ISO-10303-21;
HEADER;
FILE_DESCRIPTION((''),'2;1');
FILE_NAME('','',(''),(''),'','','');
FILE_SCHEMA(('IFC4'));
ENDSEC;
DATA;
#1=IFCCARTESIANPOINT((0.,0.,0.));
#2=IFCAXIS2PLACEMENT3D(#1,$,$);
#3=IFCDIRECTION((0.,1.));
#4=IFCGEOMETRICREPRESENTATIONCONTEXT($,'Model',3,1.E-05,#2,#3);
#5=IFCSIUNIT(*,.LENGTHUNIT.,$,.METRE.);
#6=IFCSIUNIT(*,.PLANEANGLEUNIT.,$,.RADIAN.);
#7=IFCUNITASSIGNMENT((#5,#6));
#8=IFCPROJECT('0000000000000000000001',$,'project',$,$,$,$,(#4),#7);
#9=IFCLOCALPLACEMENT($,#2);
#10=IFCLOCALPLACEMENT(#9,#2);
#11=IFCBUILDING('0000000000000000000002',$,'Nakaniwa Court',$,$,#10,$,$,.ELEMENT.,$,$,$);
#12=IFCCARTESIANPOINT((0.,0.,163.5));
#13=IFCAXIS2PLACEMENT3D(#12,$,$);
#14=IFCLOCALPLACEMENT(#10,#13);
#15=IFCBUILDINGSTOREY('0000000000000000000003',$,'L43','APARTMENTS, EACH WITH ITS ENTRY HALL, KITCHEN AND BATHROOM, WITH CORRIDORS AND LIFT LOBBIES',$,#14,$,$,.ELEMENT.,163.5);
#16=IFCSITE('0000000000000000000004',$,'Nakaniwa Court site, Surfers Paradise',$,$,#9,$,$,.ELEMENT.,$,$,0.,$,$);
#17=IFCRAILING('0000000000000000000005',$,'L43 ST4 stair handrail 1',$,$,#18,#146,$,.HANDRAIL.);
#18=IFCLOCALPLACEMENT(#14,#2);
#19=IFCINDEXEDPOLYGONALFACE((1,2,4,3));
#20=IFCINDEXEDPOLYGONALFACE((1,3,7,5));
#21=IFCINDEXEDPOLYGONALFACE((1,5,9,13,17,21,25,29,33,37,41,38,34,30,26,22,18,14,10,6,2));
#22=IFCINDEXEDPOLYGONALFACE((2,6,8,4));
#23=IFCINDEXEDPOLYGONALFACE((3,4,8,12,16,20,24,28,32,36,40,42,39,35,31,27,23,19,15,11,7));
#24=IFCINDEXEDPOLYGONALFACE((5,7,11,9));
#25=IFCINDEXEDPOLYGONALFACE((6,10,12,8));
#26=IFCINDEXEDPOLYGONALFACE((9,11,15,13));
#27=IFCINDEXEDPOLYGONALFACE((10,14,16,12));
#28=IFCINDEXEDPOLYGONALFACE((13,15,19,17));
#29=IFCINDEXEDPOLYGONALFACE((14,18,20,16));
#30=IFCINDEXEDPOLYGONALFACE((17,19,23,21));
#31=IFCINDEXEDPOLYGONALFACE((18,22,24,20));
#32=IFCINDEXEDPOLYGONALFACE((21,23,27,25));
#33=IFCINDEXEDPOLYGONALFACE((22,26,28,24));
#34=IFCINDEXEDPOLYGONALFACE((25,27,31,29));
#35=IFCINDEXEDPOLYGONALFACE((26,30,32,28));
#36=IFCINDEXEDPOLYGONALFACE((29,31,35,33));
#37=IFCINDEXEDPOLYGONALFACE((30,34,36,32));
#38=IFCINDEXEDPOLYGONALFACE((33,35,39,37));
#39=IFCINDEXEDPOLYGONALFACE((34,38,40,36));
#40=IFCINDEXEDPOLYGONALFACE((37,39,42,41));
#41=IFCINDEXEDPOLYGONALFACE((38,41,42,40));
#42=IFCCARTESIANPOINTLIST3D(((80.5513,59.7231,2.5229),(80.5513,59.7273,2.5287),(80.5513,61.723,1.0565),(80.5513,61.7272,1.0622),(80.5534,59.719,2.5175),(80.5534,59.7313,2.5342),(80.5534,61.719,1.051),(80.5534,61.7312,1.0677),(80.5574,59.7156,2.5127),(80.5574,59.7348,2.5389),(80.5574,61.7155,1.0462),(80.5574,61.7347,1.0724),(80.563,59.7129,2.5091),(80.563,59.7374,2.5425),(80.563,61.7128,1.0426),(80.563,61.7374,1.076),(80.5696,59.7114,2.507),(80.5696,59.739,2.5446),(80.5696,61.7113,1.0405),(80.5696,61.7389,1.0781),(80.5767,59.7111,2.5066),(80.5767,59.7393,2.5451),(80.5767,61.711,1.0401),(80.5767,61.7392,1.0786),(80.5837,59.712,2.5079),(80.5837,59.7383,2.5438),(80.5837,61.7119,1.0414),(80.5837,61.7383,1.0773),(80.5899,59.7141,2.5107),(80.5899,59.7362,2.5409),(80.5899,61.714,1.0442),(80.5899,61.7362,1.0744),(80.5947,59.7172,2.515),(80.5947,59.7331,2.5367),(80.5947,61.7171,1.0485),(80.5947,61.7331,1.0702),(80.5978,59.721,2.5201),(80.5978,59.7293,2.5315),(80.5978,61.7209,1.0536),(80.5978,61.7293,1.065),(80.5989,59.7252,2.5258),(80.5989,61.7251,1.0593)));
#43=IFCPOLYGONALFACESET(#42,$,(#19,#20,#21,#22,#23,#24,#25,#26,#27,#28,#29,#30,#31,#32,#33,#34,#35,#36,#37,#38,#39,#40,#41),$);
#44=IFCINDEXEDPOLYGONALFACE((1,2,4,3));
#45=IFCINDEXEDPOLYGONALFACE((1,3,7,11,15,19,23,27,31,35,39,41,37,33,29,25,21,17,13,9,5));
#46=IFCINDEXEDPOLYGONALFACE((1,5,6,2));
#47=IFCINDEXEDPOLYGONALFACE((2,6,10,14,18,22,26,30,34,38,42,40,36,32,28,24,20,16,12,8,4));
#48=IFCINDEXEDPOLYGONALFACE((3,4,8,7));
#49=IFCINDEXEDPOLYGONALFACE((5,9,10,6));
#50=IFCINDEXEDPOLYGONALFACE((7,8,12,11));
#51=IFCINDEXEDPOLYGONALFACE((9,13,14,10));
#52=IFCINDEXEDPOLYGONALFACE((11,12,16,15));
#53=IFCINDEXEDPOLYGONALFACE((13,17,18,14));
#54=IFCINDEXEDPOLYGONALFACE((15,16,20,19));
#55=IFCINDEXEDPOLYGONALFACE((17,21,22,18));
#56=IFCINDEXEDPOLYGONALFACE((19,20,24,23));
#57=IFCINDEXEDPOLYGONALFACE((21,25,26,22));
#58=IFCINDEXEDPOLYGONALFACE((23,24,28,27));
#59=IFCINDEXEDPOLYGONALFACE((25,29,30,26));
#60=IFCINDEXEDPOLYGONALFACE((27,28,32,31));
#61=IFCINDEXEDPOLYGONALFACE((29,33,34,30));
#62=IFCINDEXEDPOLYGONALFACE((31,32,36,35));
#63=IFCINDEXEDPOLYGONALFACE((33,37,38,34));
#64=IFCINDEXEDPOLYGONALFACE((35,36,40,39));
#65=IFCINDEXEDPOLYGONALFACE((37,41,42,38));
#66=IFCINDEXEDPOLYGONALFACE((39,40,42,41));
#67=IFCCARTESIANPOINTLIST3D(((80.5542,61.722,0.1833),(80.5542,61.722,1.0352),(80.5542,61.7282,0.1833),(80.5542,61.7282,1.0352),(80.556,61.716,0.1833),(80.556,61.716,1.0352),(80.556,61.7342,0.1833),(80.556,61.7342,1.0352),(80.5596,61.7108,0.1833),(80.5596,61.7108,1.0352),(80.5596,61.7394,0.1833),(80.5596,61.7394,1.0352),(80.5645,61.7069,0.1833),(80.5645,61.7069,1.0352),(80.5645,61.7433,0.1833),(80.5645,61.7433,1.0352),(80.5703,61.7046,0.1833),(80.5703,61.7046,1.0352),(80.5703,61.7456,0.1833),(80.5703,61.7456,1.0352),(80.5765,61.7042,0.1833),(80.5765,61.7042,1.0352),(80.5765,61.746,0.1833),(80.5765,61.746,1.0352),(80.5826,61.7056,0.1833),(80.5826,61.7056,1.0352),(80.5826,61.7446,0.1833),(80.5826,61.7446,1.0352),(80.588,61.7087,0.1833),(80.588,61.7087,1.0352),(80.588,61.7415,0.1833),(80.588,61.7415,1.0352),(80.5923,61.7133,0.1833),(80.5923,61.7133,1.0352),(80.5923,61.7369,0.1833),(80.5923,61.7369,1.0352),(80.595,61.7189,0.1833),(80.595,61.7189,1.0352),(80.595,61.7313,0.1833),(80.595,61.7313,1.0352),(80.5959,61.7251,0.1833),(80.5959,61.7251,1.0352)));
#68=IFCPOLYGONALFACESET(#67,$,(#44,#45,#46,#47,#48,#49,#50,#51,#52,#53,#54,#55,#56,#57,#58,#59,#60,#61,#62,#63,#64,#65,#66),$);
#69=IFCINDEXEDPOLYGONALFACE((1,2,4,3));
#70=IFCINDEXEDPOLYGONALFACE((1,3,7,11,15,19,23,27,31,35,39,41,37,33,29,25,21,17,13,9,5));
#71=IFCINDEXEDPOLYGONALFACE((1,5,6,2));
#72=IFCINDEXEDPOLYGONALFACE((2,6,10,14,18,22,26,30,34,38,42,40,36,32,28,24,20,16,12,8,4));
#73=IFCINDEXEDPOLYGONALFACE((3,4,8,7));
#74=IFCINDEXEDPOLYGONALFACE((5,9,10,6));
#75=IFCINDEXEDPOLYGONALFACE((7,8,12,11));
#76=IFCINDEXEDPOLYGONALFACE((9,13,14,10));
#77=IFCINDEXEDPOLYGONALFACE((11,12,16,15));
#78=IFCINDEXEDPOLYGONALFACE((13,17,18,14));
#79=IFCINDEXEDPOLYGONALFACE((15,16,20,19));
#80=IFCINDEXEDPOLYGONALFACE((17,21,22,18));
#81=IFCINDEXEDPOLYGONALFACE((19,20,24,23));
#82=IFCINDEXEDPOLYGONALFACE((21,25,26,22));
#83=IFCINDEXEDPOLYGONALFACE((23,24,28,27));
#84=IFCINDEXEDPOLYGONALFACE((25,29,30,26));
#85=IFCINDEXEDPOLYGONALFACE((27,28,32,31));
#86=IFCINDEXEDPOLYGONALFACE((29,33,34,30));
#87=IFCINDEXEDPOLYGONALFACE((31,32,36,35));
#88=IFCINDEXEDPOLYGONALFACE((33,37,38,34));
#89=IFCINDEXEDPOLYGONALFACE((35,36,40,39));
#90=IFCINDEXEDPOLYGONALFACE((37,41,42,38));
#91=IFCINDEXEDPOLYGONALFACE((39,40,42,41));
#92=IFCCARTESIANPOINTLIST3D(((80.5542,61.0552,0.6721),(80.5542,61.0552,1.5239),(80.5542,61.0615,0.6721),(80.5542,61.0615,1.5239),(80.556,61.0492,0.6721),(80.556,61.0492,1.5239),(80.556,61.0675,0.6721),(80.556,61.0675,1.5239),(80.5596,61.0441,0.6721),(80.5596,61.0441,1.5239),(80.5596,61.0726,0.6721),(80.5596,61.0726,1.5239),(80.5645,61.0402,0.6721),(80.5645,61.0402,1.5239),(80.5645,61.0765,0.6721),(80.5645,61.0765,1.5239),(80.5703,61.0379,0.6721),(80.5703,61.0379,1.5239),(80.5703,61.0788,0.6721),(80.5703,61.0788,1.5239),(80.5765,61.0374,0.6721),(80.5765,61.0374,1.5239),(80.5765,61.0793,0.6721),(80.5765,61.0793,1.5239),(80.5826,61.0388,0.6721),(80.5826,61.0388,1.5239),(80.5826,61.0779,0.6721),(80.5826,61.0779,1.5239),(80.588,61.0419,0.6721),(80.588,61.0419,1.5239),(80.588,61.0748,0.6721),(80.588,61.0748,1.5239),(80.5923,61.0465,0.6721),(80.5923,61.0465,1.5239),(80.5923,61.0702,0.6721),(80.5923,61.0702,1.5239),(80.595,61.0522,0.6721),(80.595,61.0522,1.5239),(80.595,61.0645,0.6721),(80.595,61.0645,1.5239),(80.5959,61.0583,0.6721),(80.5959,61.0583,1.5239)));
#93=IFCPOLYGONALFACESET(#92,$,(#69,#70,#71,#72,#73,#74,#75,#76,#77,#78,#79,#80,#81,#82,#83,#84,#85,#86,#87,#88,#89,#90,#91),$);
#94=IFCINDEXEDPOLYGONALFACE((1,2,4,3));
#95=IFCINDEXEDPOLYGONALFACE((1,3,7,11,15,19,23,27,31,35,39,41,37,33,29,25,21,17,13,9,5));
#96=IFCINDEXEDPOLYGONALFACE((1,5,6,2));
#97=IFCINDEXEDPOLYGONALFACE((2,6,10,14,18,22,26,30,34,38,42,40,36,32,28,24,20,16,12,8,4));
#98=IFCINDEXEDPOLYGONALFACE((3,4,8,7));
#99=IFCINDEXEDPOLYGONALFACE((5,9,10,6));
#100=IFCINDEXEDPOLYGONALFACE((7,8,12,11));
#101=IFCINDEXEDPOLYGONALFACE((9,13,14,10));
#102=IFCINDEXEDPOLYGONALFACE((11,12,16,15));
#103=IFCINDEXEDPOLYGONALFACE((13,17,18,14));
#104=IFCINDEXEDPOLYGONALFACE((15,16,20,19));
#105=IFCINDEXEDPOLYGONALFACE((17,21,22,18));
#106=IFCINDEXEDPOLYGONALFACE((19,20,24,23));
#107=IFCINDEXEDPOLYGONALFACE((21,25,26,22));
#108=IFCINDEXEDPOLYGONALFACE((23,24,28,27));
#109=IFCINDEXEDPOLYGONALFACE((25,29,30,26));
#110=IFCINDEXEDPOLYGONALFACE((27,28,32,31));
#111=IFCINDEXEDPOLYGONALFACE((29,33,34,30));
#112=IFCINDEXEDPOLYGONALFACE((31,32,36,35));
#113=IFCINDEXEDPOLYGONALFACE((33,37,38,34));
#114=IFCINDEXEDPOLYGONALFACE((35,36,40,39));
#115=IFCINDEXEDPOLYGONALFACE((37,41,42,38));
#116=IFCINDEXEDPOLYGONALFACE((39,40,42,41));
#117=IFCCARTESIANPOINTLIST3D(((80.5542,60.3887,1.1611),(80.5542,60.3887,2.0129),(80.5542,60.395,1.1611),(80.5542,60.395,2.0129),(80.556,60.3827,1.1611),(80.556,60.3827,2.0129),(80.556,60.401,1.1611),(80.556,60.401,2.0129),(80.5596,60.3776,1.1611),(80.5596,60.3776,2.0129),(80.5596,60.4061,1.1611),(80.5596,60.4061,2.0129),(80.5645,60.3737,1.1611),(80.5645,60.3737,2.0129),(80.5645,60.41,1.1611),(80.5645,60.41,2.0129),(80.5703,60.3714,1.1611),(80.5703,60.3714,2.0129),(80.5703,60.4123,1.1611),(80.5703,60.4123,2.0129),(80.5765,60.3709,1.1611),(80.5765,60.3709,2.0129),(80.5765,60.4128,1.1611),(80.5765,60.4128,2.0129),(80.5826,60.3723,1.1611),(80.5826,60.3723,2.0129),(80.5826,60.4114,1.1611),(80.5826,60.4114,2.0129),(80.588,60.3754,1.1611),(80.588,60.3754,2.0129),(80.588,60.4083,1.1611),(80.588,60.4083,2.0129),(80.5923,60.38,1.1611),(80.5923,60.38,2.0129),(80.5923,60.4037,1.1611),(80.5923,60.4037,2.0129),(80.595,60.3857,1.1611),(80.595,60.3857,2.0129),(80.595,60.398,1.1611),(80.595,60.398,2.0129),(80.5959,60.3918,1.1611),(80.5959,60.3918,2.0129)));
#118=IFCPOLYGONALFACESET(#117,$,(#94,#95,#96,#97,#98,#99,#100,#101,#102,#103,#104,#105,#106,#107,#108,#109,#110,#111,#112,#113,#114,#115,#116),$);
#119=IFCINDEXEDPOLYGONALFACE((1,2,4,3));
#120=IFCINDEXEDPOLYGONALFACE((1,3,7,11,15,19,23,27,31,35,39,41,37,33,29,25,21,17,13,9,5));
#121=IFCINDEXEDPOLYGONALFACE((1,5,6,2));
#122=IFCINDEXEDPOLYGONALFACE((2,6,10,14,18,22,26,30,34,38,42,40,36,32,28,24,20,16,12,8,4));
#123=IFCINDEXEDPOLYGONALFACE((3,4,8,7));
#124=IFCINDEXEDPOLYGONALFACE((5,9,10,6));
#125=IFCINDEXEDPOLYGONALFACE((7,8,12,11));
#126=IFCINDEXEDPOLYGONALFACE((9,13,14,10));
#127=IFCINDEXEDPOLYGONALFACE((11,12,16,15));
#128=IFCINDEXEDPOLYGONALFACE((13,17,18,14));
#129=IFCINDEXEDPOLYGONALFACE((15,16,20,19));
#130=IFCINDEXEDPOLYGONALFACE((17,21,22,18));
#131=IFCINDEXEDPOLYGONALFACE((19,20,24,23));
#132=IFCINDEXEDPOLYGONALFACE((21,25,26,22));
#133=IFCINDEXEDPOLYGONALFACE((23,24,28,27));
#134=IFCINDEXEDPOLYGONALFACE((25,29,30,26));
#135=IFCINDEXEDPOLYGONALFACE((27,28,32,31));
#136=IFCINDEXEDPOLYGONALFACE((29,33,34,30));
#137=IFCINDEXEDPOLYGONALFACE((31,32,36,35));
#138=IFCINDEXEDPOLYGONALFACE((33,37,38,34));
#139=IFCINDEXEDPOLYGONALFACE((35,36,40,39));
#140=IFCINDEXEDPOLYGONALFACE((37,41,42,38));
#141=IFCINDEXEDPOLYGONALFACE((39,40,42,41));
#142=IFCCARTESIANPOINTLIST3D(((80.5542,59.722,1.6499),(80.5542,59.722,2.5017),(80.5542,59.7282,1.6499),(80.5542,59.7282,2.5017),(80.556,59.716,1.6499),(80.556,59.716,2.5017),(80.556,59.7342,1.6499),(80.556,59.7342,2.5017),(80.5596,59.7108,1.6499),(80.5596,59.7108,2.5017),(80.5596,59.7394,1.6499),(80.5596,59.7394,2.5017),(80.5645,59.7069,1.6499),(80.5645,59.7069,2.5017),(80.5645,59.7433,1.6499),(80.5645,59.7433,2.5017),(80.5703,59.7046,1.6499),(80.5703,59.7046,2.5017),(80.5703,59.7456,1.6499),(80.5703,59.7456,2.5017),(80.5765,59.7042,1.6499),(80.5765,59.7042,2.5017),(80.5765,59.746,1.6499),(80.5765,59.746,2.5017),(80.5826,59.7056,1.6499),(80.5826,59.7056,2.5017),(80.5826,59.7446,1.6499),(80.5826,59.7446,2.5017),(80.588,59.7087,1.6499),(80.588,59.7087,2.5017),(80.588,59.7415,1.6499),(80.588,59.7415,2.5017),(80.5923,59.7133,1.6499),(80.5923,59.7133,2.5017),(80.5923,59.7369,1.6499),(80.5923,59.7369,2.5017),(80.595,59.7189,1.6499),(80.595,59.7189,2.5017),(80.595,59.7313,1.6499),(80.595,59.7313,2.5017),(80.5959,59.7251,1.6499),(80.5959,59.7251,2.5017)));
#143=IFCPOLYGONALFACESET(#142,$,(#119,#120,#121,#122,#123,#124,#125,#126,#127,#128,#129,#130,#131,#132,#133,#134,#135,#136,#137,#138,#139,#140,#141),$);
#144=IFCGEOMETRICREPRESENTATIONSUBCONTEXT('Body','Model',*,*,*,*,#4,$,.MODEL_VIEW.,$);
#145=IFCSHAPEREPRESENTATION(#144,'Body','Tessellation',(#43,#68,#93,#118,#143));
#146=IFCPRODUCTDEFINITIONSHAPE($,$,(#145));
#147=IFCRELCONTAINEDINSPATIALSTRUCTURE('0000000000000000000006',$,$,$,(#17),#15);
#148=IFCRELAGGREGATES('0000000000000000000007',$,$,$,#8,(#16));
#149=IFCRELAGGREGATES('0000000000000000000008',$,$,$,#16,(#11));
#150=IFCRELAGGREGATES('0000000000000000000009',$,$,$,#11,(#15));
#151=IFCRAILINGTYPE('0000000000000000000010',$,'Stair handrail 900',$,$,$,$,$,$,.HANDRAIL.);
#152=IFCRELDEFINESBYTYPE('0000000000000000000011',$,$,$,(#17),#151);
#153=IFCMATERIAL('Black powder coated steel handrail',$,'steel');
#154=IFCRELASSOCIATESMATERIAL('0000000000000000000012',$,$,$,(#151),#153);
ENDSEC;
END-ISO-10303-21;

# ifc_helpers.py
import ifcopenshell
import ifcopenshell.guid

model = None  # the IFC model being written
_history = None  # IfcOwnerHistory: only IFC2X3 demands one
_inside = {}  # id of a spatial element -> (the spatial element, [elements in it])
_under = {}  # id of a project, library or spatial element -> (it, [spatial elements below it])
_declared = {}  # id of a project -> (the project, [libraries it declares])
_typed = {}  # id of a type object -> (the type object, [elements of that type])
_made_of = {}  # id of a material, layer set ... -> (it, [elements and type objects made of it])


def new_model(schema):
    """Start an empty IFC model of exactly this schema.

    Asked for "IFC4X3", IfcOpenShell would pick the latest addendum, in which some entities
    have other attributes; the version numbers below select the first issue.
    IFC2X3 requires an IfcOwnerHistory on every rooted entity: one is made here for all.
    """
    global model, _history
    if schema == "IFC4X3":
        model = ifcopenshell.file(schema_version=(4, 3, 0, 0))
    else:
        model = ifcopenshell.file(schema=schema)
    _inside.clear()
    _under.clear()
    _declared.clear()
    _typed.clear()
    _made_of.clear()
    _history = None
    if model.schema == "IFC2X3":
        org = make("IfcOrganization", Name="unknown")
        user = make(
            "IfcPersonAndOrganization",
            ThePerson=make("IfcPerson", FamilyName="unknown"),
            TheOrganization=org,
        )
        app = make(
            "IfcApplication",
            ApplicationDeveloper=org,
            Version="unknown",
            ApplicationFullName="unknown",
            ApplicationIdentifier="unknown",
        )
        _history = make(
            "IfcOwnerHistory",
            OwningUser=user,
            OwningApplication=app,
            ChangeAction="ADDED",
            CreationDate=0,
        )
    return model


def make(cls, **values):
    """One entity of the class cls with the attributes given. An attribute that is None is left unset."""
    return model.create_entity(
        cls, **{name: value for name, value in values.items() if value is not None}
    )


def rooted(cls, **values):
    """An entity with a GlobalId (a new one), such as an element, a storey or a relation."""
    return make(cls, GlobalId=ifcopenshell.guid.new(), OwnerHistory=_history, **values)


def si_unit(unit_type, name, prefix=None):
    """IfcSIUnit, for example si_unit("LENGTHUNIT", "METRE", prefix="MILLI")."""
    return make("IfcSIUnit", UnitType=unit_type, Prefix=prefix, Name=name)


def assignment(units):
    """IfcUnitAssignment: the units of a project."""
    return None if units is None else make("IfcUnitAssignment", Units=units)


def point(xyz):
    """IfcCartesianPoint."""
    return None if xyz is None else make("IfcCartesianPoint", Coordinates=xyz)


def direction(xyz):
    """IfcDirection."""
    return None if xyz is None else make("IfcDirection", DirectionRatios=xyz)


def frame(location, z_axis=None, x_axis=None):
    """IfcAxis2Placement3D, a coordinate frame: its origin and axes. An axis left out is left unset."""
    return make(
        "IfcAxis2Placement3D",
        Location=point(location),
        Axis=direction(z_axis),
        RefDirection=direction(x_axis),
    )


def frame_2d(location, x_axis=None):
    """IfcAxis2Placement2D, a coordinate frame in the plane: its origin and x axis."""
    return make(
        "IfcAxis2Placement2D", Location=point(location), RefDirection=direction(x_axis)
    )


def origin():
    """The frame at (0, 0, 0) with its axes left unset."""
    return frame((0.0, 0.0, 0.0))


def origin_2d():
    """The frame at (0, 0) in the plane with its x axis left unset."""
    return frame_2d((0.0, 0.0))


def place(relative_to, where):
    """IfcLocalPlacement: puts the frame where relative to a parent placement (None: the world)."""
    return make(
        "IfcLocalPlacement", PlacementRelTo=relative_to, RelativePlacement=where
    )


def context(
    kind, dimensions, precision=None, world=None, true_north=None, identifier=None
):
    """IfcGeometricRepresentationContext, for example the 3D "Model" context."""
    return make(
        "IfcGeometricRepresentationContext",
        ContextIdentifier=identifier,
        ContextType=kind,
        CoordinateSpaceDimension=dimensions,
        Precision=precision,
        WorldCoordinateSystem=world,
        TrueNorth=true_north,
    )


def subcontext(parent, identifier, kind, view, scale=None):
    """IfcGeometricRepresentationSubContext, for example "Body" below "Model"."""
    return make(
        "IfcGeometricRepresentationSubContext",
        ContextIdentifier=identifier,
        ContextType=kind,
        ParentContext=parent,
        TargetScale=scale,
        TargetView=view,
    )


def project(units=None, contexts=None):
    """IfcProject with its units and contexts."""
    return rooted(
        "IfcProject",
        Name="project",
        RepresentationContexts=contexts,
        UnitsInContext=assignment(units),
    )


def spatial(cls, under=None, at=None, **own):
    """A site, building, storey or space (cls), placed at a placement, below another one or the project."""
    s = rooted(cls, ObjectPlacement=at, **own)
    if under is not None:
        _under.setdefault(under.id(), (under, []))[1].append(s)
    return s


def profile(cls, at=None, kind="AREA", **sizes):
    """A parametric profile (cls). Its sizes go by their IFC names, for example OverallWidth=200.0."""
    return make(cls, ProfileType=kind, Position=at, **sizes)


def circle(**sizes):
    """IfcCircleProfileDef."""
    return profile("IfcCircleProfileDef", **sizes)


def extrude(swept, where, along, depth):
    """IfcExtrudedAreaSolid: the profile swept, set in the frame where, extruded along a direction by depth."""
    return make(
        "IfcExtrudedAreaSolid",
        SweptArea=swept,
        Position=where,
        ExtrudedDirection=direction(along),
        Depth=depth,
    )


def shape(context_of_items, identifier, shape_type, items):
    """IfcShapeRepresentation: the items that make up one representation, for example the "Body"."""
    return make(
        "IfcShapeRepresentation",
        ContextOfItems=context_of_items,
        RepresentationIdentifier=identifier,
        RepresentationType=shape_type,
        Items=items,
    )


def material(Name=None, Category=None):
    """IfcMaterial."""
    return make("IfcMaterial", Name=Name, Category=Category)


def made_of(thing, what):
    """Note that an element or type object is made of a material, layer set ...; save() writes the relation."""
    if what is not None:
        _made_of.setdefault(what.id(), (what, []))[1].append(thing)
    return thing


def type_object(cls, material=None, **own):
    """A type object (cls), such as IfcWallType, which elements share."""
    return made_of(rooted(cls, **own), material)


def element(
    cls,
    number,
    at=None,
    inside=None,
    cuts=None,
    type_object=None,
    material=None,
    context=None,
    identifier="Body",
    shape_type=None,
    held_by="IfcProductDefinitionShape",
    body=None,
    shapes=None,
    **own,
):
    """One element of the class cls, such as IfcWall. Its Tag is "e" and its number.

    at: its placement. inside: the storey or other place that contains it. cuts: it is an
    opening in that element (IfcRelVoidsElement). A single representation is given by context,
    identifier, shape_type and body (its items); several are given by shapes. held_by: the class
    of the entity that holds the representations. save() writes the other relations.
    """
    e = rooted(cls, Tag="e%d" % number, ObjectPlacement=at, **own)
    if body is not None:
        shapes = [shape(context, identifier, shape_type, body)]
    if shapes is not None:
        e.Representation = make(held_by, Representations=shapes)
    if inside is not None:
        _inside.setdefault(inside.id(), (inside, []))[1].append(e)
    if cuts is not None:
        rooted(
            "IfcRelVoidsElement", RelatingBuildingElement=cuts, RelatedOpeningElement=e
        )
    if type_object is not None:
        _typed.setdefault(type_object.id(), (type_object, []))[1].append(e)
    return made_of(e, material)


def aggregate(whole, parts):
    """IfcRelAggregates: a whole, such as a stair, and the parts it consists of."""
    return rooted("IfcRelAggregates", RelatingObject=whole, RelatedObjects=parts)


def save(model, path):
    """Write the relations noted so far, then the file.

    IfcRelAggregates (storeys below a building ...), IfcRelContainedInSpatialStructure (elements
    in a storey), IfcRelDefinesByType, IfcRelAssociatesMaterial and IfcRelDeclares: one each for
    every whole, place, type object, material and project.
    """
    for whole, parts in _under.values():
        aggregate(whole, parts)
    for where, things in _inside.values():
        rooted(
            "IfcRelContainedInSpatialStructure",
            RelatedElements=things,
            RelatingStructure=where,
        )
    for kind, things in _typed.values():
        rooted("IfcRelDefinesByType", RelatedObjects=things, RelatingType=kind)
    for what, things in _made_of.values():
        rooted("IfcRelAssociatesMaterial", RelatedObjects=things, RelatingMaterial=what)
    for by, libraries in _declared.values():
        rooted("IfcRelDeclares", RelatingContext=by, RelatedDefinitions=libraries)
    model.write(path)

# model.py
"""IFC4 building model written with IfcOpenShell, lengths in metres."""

from ifc_helpers import new_model, si_unit, direction, frame, origin, origin_2d, place, context, subcontext, project, spatial, circle, extrude, material, type_object, element, save


model = new_model("IFC4")

# Units and contexts
model_context = context("Model", 3, precision=1e-05, world=origin(), true_north=direction((0.0, 1.0)))
body_context = subcontext(model_context, "Body", "Model", "MODEL_VIEW")
ifc_project = project(units=[si_unit("LENGTHUNIT", "METRE"), si_unit("PLANEANGLEUNIT", "RADIAN")], contexts=[model_context])

# Site, building, storey
site_placement = place(None, origin())
site = spatial("IfcSite", under=ifc_project, at=site_placement, Name="Nakaniwa Court site, Surfers Paradise", CompositionType="ELEMENT", RefElevation=0.0)
building_placement = place(site_placement, origin())
building = spatial("IfcBuilding", under=site, at=building_placement, Name="Nakaniwa Court", CompositionType="ELEMENT")
storey_placement = place(building_placement, frame((0.0, 0.0, 163.5)))
storey = spatial("IfcBuildingStorey", under=building, at=storey_placement, Name="L43", Description="APARTMENTS, EACH WITH ITS ENTRY HALL, KITCHEN AND BATHROOM, WITH CORRIDORS AND LIFT LOBBIES", CompositionType="ELEMENT", Elevation=163.5)

# Railing
ifc_material_1 = material(Name="Black powder coated steel handrail", Category="steel")
railing_type_1 = type_object("IfcRailingType", Name="Stair handrail 900", PredefinedType="HANDRAIL", material=ifc_material_1)
railing_1_placement = place(storey_placement, frame((80.575, 61.7251, 0.1833)))
element("IfcRailing", 1, at=railing_1_placement, inside=storey, type_object=railing_type_1, Name="L43 ST4 stair handrail 1", PredefinedType="HANDRAIL", context=body_context, shape_type="SweptSolid", body=[
    extrude(circle(Radius=0.0239, at=origin_2d()), frame((0.0, 0.0, 0.876), z_axis=(0.0, -0.806427, 0.591334), x_axis=(1.0, 0.0, 0.0)), (0.0, 0.0, 1.0), 2.48),
    extrude(circle(Radius=0.021, at=origin_2d()), origin(), (0.0, 0.0, 1.0), 0.8518),
    extrude(circle(Radius=0.021, at=origin_2d()), frame((0.0, -0.6667, 0.4888)), (0.0, 0.0, 1.0), 0.8518),
    extrude(circle(Radius=0.021, at=origin_2d()), frame((0.0, -1.3333, 0.9778)), (0.0, 0.0, 1.0), 0.8518),
    extrude(circle(Radius=0.021, at=origin_2d()), frame((0.0, -2.0, 1.4666)), (0.0, 0.0, 1.0), 0.8518),
])

save(model, "model.ifc")
